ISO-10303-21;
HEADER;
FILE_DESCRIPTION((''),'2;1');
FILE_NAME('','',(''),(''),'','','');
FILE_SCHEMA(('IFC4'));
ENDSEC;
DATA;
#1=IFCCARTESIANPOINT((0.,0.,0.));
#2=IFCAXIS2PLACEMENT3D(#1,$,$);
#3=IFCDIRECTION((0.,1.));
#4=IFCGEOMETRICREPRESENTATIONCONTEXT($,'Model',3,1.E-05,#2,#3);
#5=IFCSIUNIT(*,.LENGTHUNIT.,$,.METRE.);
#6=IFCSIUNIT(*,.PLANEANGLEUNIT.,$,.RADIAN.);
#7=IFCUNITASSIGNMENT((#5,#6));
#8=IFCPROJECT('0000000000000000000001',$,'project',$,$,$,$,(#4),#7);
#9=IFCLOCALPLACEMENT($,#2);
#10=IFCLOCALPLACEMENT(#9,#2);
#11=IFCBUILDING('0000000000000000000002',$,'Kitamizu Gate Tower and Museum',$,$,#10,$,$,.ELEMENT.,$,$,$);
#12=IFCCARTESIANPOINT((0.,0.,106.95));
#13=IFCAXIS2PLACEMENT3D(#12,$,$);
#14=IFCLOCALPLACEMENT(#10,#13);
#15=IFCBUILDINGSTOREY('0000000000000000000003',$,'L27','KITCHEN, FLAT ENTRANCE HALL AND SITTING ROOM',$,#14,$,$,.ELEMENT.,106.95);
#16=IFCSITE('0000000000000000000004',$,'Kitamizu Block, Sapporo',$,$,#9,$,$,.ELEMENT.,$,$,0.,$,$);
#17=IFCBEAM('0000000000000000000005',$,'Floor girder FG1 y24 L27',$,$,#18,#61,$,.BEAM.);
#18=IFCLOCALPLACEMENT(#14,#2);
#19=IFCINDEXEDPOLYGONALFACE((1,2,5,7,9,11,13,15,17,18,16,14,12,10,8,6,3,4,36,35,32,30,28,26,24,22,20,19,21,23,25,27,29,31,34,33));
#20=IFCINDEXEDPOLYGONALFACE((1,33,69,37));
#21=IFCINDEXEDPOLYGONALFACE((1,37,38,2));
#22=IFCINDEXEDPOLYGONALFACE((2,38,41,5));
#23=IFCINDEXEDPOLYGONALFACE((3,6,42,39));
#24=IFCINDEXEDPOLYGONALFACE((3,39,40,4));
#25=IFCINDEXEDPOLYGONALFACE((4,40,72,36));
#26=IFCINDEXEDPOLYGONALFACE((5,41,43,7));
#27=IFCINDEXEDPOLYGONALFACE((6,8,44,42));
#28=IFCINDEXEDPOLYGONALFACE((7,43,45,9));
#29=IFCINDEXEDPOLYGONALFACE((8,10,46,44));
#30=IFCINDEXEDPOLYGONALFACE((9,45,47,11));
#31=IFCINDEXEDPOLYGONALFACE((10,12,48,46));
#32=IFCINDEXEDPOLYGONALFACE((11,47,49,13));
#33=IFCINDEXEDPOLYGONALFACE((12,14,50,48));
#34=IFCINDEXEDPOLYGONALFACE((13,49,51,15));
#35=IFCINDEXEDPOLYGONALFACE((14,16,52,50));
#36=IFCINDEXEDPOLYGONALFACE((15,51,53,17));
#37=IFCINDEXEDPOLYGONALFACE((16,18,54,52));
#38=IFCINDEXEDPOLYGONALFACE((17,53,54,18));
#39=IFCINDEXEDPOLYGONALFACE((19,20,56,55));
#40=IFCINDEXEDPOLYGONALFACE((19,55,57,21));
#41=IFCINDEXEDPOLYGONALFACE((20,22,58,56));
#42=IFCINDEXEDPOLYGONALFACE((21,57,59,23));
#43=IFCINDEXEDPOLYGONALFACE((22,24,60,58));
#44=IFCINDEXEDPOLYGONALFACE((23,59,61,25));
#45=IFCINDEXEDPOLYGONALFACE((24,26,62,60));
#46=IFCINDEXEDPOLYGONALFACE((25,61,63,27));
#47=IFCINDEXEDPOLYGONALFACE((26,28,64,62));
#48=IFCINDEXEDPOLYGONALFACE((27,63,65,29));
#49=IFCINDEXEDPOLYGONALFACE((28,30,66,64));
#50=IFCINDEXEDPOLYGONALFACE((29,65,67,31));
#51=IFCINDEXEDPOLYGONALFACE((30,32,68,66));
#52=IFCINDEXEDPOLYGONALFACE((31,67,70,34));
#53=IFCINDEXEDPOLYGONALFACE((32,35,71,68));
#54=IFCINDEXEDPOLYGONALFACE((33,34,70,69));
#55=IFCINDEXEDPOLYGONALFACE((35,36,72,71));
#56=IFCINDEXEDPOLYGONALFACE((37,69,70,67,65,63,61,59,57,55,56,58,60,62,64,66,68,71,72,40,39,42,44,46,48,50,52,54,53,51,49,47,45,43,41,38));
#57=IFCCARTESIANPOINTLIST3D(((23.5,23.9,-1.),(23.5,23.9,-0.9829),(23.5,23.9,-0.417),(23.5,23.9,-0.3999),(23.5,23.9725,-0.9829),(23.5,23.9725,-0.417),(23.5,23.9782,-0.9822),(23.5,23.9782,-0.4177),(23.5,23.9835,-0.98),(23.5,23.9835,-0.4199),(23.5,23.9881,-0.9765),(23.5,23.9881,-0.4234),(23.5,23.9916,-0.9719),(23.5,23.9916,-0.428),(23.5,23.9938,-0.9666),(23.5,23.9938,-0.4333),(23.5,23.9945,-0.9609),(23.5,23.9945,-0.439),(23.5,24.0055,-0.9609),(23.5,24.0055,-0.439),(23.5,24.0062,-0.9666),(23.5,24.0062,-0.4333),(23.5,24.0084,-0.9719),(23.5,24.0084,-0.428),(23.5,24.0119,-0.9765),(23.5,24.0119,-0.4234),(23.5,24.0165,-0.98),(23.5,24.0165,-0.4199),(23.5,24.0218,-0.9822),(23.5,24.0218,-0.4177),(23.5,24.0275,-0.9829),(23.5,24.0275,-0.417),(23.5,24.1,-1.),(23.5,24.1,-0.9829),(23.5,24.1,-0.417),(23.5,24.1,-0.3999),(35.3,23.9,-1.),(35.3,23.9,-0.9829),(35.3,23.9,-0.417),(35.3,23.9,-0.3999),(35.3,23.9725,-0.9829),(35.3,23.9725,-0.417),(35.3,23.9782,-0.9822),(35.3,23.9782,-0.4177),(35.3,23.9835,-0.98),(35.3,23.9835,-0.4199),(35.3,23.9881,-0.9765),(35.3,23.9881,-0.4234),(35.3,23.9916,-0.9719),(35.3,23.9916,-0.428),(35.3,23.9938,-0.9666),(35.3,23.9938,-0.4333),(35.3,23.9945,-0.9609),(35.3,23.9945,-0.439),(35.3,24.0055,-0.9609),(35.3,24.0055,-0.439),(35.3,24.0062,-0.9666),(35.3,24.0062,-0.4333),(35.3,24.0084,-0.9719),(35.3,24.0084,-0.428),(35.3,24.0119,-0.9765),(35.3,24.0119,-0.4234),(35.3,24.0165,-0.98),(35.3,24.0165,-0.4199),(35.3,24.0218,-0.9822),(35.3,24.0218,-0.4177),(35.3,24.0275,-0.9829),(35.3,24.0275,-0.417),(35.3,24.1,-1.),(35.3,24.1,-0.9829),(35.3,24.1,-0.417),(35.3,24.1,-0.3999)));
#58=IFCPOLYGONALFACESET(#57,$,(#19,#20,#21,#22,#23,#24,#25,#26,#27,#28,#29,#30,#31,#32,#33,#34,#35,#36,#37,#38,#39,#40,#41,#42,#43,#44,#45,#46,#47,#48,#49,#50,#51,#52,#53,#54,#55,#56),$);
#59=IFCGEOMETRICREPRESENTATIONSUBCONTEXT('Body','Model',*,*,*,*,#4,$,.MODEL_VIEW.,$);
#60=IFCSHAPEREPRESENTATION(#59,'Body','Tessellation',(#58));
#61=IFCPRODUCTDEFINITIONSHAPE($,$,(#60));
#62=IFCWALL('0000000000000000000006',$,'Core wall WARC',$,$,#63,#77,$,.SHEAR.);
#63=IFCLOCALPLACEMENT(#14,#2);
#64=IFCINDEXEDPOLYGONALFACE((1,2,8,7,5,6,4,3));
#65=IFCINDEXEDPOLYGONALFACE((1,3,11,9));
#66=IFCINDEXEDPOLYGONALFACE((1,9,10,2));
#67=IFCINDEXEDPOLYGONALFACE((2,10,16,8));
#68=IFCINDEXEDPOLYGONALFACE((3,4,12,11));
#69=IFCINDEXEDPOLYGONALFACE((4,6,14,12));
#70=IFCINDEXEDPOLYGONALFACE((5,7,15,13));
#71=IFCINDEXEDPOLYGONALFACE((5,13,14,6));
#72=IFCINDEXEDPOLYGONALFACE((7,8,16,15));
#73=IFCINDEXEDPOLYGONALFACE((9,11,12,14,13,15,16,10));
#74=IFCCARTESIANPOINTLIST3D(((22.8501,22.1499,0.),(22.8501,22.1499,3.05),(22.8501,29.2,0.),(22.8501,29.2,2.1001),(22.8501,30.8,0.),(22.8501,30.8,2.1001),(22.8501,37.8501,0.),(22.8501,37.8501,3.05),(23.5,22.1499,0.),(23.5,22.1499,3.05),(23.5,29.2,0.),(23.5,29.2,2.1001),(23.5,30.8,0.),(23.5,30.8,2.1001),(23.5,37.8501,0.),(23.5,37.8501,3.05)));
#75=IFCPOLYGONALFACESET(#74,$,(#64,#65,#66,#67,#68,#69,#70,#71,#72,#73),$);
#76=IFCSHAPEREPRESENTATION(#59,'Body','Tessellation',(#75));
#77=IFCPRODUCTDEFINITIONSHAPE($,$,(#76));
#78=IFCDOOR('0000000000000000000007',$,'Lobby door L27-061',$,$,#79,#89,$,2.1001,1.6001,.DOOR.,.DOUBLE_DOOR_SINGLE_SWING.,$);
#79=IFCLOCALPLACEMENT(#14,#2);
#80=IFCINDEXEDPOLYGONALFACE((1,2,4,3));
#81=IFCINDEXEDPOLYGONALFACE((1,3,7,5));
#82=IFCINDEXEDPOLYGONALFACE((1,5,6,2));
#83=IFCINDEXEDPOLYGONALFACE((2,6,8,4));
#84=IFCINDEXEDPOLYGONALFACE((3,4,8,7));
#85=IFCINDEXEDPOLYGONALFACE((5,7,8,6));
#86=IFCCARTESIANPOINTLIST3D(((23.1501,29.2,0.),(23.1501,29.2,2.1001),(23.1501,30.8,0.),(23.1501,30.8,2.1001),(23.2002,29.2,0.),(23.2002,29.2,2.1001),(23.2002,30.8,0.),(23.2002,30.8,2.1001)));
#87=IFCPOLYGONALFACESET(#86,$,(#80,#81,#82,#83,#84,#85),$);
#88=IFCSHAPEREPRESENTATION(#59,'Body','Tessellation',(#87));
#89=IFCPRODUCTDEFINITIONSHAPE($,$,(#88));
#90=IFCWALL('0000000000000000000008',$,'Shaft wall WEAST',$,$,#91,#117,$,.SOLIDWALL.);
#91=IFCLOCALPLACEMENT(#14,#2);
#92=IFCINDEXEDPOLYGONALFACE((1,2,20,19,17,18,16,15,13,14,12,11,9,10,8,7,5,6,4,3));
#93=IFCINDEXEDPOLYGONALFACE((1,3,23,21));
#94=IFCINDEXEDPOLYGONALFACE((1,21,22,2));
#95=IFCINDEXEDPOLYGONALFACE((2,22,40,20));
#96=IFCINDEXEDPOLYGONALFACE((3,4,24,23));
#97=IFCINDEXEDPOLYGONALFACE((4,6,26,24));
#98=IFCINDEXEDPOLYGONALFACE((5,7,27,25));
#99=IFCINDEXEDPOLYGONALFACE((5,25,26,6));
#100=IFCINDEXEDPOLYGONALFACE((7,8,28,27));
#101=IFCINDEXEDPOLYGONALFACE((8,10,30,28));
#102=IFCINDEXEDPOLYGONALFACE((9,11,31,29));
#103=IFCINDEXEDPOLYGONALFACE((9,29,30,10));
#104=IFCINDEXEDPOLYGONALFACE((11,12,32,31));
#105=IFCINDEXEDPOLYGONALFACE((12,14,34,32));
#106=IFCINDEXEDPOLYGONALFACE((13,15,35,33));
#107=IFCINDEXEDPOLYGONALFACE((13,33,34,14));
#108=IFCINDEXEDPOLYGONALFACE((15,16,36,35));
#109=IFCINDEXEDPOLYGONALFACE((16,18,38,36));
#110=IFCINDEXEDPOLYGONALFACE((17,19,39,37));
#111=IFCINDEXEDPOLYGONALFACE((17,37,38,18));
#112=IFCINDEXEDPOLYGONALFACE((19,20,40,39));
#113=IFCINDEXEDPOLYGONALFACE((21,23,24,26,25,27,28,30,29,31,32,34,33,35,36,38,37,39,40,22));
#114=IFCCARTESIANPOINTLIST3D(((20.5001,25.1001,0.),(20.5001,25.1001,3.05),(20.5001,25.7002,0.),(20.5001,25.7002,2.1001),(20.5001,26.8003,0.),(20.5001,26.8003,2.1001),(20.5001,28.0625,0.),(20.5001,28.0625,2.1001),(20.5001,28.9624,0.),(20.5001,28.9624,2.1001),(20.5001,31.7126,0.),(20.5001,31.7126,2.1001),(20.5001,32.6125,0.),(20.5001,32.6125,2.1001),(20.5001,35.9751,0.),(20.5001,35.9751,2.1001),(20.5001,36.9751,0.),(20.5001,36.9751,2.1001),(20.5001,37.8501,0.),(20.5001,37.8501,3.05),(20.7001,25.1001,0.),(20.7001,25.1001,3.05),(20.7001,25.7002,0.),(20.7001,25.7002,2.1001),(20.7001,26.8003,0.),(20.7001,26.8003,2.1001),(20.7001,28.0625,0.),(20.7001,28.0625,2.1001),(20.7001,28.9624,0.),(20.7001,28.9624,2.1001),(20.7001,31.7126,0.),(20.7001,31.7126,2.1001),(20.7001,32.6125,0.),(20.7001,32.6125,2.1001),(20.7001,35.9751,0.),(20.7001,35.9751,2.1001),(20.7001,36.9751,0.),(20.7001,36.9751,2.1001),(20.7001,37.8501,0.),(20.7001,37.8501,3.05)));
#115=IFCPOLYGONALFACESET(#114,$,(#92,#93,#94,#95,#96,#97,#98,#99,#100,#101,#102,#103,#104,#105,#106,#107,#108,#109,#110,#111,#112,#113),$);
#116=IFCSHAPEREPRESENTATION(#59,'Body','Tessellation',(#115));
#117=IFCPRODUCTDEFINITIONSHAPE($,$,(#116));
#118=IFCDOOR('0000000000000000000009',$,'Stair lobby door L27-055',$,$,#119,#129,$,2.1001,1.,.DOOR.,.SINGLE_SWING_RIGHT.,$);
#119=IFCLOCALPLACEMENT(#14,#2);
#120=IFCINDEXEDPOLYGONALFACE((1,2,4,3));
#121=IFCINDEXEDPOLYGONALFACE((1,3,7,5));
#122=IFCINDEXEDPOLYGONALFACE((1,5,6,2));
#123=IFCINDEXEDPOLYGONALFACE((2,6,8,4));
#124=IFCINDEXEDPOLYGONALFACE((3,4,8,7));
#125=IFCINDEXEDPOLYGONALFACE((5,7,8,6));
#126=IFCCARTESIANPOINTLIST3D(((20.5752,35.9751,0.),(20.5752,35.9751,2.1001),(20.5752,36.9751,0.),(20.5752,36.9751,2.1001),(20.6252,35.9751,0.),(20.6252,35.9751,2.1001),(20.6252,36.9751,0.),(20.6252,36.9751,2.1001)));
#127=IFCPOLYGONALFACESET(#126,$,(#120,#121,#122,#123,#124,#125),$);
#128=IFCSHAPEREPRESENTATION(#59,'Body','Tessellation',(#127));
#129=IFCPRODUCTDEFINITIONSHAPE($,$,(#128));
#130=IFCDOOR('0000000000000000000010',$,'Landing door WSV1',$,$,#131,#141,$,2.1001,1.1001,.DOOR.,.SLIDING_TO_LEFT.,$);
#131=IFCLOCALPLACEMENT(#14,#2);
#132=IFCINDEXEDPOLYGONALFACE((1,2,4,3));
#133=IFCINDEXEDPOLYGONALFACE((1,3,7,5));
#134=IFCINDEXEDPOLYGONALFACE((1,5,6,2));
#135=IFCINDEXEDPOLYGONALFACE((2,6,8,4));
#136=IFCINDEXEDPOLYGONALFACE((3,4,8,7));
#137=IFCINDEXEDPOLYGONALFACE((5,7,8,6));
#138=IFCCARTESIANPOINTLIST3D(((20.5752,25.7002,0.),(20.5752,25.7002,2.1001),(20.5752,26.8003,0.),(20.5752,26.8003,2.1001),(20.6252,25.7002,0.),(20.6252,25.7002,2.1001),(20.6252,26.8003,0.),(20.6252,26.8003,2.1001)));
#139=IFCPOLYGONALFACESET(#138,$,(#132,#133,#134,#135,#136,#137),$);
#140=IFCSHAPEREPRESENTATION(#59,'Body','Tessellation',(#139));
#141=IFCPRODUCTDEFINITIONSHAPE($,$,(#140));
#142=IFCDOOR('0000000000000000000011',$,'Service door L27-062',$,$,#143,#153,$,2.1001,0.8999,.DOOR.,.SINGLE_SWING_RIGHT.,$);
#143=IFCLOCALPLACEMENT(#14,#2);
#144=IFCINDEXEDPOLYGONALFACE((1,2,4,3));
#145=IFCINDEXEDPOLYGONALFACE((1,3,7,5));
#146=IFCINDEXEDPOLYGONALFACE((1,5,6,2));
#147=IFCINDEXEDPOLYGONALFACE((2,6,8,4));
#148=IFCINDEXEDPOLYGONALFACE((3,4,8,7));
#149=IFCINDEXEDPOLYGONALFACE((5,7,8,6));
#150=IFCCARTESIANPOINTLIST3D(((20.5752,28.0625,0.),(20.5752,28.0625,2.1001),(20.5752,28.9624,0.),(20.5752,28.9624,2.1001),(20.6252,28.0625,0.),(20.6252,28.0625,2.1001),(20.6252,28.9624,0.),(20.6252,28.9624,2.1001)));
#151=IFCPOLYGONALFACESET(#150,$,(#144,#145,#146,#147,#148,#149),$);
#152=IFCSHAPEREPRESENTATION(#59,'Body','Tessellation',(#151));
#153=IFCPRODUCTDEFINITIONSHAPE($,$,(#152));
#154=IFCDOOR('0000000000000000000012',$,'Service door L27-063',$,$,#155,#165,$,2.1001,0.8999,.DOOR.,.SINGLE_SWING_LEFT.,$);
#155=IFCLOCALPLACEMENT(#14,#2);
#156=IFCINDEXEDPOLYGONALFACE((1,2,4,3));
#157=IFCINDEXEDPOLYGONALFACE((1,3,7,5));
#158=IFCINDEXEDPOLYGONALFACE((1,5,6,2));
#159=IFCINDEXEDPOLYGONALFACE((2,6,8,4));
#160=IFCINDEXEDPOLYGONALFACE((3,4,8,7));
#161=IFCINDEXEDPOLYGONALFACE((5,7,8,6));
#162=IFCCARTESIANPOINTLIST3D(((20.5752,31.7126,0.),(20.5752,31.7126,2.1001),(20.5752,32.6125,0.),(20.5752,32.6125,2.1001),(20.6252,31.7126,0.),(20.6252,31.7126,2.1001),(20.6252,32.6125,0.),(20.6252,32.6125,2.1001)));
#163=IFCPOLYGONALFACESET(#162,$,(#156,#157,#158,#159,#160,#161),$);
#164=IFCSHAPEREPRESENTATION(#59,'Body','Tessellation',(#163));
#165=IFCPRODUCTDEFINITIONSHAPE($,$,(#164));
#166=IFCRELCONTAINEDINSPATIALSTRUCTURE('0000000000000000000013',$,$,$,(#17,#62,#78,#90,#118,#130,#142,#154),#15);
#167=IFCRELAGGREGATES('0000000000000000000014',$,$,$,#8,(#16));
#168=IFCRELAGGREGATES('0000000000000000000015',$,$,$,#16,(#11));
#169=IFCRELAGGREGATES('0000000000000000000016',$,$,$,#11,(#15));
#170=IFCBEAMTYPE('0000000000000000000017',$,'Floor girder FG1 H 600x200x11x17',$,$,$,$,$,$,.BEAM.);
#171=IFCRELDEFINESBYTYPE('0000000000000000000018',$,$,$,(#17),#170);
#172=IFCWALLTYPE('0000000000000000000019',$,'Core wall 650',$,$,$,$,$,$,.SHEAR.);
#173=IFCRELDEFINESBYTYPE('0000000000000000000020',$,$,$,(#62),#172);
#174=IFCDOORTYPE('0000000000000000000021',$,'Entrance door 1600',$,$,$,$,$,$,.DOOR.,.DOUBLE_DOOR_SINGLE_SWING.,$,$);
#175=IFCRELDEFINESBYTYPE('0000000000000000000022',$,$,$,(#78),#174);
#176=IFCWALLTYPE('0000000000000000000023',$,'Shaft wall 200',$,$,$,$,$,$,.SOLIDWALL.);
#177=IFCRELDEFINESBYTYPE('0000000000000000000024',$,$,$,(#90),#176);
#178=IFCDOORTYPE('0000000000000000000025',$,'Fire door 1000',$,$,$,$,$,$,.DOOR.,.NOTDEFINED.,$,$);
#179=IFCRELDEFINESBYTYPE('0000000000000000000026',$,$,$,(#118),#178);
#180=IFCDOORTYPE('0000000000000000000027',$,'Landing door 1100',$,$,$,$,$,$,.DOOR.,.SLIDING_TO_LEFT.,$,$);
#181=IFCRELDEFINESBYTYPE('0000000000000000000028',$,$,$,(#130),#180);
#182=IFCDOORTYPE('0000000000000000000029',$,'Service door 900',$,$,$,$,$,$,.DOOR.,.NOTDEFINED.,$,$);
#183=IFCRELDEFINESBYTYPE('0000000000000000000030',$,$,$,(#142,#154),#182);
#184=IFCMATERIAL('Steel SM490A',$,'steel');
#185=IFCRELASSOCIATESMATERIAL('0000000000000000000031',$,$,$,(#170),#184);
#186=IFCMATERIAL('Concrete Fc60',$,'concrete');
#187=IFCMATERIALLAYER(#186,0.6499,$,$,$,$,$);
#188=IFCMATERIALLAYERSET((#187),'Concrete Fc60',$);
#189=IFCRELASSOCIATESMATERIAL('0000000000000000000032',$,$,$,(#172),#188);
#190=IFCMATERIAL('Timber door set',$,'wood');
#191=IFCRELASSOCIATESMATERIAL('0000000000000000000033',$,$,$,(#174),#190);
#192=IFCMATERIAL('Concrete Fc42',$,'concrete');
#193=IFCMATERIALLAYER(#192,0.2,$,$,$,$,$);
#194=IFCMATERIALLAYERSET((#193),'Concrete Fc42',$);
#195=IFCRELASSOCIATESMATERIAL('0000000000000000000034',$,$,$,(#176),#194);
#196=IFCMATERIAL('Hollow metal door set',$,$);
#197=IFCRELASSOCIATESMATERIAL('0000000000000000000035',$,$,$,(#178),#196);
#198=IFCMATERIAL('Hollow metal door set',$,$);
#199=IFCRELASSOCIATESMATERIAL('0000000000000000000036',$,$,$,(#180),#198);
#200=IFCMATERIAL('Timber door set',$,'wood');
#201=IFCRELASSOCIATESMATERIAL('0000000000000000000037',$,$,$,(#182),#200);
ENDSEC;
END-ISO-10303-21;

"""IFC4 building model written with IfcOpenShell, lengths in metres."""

from ifc_helpers import new_model, si_unit, direction, frame, frame_2d, origin, origin_2d, place, context, subcontext, project, spatial, rectangle, i_section, extrude, material, layer, layer_set, material_profile, profile_set, type_object, element, fill, save


model = new_model("IFC4")

# Units and contexts
model_context = context("Model", 3, precision=1e-05, world=origin(), true_north=direction((0.0, 1.0)))
body_context = subcontext(model_context, "Body", "Model", "MODEL_VIEW")
ifc_project = project(units=[si_unit("LENGTHUNIT", "METRE"), si_unit("PLANEANGLEUNIT", "RADIAN")], contexts=[model_context])

# Site, building, storey
site_placement = place(None, origin())
site = spatial("IfcSite", under=ifc_project, at=site_placement, Name="Kitamizu Block, Sapporo", CompositionType="ELEMENT", RefElevation=0.0)
building_placement = place(site_placement, origin())
building = spatial("IfcBuilding", under=site, at=building_placement, Name="Kitamizu Gate Tower and Museum", CompositionType="ELEMENT")
storey_placement = place(building_placement, frame((0.0, 0.0, 106.95)))
storey = spatial("IfcBuildingStorey", under=building, at=storey_placement, Name="L27", Description="KITCHEN, FLAT ENTRANCE HALL AND SITTING ROOM", CompositionType="ELEMENT", Elevation=106.95)

# Beam
ifc_material_1 = material(Name="Steel SM490A", Category="steel")
ifc_material_profile = material_profile(ifc_material_1, i_section(OverallWidth=0.2, OverallDepth=0.6001, WebThickness=0.011, FlangeThickness=0.0171, FilletRadius=0.022, at=origin_2d()), Name="H-600x200x11x17")
ifc_profile_set = profile_set([ifc_material_profile], Name="Steel SM490A")
beam_type = type_object("IfcBeamType", Name="Floor girder FG1 H 600x200x11x17", PredefinedType="BEAM", material=ifc_profile_set)
beam_placement = place(storey_placement, frame((23.5, 24.0, -0.7), z_axis=(1.0, 0.0, 0.0), x_axis=(0.0, 1.0, 0.0)))
element("IfcBeam", 1, at=beam_placement, inside=storey, type_object=beam_type, Name="Floor girder FG1 y24 L27", PredefinedType="BEAM", context=body_context, shape_type="SweptSolid", body=[
    extrude(i_section(OverallWidth=0.2, OverallDepth=0.6001, WebThickness=0.011, FlangeThickness=0.0171, FilletRadius=0.022, at=origin_2d()), origin(), (0.0, 0.0, 1.0), 11.8),
])

# Wall, opening, door
ifc_material_2 = material(Name="Concrete Fc60", Category="concrete")
ifc_layer_1 = layer(ifc_material_2, 0.6499)
ifc_layer_set_1 = layer_set([ifc_layer_1], Name="Concrete Fc60")
wall_type_1 = type_object("IfcWallType", Name="Core wall 650", PredefinedType="SHEAR", material=ifc_layer_set_1)
wall_1_placement = place(storey_placement, frame((23.175, 22.1499, 0.0), z_axis=(0.0, 0.0, 1.0), x_axis=(0.0, 1.0, 0.0)))
wall_1 = element("IfcWall", 2, at=wall_1_placement, inside=storey, type_object=wall_type_1, Name="Core wall WARC", PredefinedType="SHEAR", context=body_context, shape_type="SweptSolid", body=[
    extrude(rectangle(XDim=15.7002, YDim=0.6499, at=frame_2d((7.8501, 0.0))), origin(), (0.0, 0.0, 1.0), 3.05),
])
opening_1_placement = place(wall_1_placement, frame((7.05, 0.0, 0.0)))
opening_1 = element("IfcOpeningElement", 3, at=opening_1_placement, cuts=wall_1, PredefinedType="OPENING", context=body_context, shape_type="SweptSolid", body=[
    extrude(rectangle(XDim=1.6001, YDim=2.1001, at=frame_2d((0.8, 1.05))), frame((0.0, 0.335, 0.0), z_axis=(0.0, -1.0, 0.0), x_axis=(1.0, 0.0, 0.0)), (0.0, 0.0, 1.0), 0.6699),
])
ifc_material_3 = material(Name="Timber door set", Category="wood")
door_type_1 = type_object("IfcDoorType", Name="Entrance door 1600", OperationType="DOUBLE_DOOR_SINGLE_SWING", PredefinedType="DOOR", material=ifc_material_3)
door_1_placement = place(opening_1_placement, origin())
door_1 = element("IfcDoor", 4, at=door_1_placement, inside=storey, type_object=door_type_1, Name="Lobby door L27-061", OperationType="DOUBLE_DOOR_SINGLE_SWING", OverallHeight=2.1001, OverallWidth=1.6001, PredefinedType="DOOR", context=body_context, shape_type="SweptSolid", body=[
    extrude(rectangle(XDim=1.6001, YDim=2.1001, at=frame_2d((0.8, 1.05))), frame((0.0, 0.0249, 0.0), z_axis=(0.0, -1.0, 0.0), x_axis=(1.0, 0.0, 0.0)), (0.0, 0.0, 1.0), 0.05),
])
fill(opening_1, door_1)

# Wall, openings, doors
ifc_material_4 = material(Name="Concrete Fc42", Category="concrete")
ifc_layer_2 = layer(ifc_material_4, 0.2)
ifc_layer_set_2 = layer_set([ifc_layer_2], Name="Concrete Fc42")
wall_type_2 = type_object("IfcWallType", Name="Shaft wall 200", PredefinedType="SOLIDWALL", material=ifc_layer_set_2)
wall_2_placement = place(storey_placement, frame((20.6001, 25.1001, 0.0), z_axis=(0.0, 0.0, 1.0), x_axis=(0.0, 1.0, 0.0)))
wall_2 = element("IfcWall", 5, at=wall_2_placement, inside=storey, type_object=wall_type_2, Name="Shaft wall WEAST", PredefinedType="SOLIDWALL", context=body_context, shape_type="SweptSolid", body=[
    extrude(rectangle(XDim=12.75, YDim=0.2, at=frame_2d((6.375, 0.0))), origin(), (0.0, 0.0, 1.0), 3.05),
])
opening_2_placement = place(wall_2_placement, frame((0.6001, 0.0, 0.0)))
opening_2 = element("IfcOpeningElement", 6, at=opening_2_placement, cuts=wall_2, PredefinedType="OPENING", context=body_context, shape_type="SweptSolid", body=[
    extrude(rectangle(XDim=1.1001, YDim=2.1001, at=frame_2d((0.55, 1.05))), frame((0.0, 0.1099, 0.0), z_axis=(0.0, -1.0, 0.0), x_axis=(1.0, 0.0, 0.0)), (0.0, 0.0, 1.0), 0.22),
])
opening_3_placement = place(wall_2_placement, frame((10.875, 0.0, 0.0)))
opening_3 = element("IfcOpeningElement", 7, at=opening_3_placement, cuts=wall_2, PredefinedType="OPENING", context=body_context, shape_type="SweptSolid", body=[
    extrude(rectangle(XDim=1.0, YDim=2.1001, at=frame_2d((0.5, 1.05))), frame((0.0, 0.1099, 0.0), z_axis=(0.0, -1.0, 0.0), x_axis=(1.0, 0.0, 0.0)), (0.0, 0.0, 1.0), 0.22),
])
opening_4_placement = place(wall_2_placement, frame((2.9624, 0.0, 0.0)))
opening_4 = element("IfcOpeningElement", 8, at=opening_4_placement, cuts=wall_2, PredefinedType="OPENING", context=body_context, shape_type="SweptSolid", body=[
    extrude(rectangle(XDim=0.8999, YDim=2.1001, at=frame_2d((0.45, 1.05))), frame((0.0, 0.1099, 0.0), z_axis=(0.0, -1.0, 0.0), x_axis=(1.0, 0.0, 0.0)), (0.0, 0.0, 1.0), 0.22),
])
opening_5_placement = place(wall_2_placement, frame((6.6125, 0.0, 0.0)))
opening_5 = element("IfcOpeningElement", 9, at=opening_5_placement, cuts=wall_2, PredefinedType="OPENING", context=body_context, shape_type="SweptSolid", body=[
    extrude(rectangle(XDim=0.8999, YDim=2.1001, at=frame_2d((0.45, 1.05))), frame((0.0, 0.1099, 0.0), z_axis=(0.0, -1.0, 0.0), x_axis=(1.0, 0.0, 0.0)), (0.0, 0.0, 1.0), 0.22),
])
ifc_material_5 = material(Name="Hollow metal door set")
door_type_2 = type_object("IfcDoorType", Name="Fire door 1000", OperationType="NOTDEFINED", PredefinedType="DOOR", material=ifc_material_5)
door_2_placement = place(opening_3_placement, origin())
door_2 = element("IfcDoor", 10, at=door_2_placement, inside=storey, type_object=door_type_2, Name="Stair lobby door L27-055", OperationType="SINGLE_SWING_RIGHT", OverallHeight=2.1001, OverallWidth=1.0, PredefinedType="DOOR", context=body_context, shape_type="SweptSolid", body=[
    extrude(rectangle(XDim=1.0, YDim=2.1001, at=frame_2d((0.5, 1.05))), frame((0.0, 0.0249, 0.0), z_axis=(0.0, -1.0, 0.0), x_axis=(1.0, 0.0, 0.0)), (0.0, 0.0, 1.0), 0.05),
])
fill(opening_3, door_2)
ifc_material_6 = material(Name="Hollow metal door set")
door_type_3 = type_object("IfcDoorType", Name="Landing door 1100", OperationType="SLIDING_TO_LEFT", PredefinedType="DOOR", material=ifc_material_6)
door_3_placement = place(opening_2_placement, origin())
door_3 = element("IfcDoor", 11, at=door_3_placement, inside=storey, type_object=door_type_3, Name="Landing door WSV1", OperationType="SLIDING_TO_LEFT", OverallHeight=2.1001, OverallWidth=1.1001, PredefinedType="DOOR", context=body_context, shape_type="SweptSolid", body=[
    extrude(rectangle(XDim=1.1001, YDim=2.1001, at=frame_2d((0.55, 1.05))), frame((0.0, 0.0249, 0.0), z_axis=(0.0, -1.0, 0.0), x_axis=(1.0, 0.0, 0.0)), (0.0, 0.0, 1.0), 0.05),
])
fill(opening_2, door_3)
ifc_material_7 = material(Name="Timber door set", Category="wood")
door_type_4 = type_object("IfcDoorType", Name="Service door 900", OperationType="NOTDEFINED", PredefinedType="DOOR", material=ifc_material_7)
door_4_placement = place(opening_4_placement, origin())
door_4 = element("IfcDoor", 12, at=door_4_placement, inside=storey, type_object=door_type_4, Name="Service door L27-062", OperationType="SINGLE_SWING_RIGHT", OverallHeight=2.1001, OverallWidth=0.8999, PredefinedType="DOOR", context=body_context, shape_type="SweptSolid", body=[
    extrude(rectangle(XDim=0.8999, YDim=2.1001, at=frame_2d((0.45, 1.05))), frame((0.0, 0.0249, 0.0), z_axis=(0.0, -1.0, 0.0), x_axis=(1.0, 0.0, 0.0)), (0.0, 0.0, 1.0), 0.05),
])
fill(opening_4, door_4)
door_5_placement = place(opening_5_placement, origin())
door_5 = element("IfcDoor", 13, at=door_5_placement, inside=storey, type_object=door_type_4, Name="Service door L27-063", OperationType="SINGLE_SWING_LEFT", OverallHeight=2.1001, OverallWidth=0.8999, PredefinedType="DOOR", context=body_context, shape_type="SweptSolid", body=[
    extrude(rectangle(XDim=0.8999, YDim=2.1001, at=frame_2d((0.45, 1.05))), frame((0.0, 0.0249, 0.0), z_axis=(0.0, -1.0, 0.0), x_axis=(1.0, 0.0, 0.0)), (0.0, 0.0, 1.0), 0.05),
])
fill(opening_5, door_5)

save(model, "model.ifc")
